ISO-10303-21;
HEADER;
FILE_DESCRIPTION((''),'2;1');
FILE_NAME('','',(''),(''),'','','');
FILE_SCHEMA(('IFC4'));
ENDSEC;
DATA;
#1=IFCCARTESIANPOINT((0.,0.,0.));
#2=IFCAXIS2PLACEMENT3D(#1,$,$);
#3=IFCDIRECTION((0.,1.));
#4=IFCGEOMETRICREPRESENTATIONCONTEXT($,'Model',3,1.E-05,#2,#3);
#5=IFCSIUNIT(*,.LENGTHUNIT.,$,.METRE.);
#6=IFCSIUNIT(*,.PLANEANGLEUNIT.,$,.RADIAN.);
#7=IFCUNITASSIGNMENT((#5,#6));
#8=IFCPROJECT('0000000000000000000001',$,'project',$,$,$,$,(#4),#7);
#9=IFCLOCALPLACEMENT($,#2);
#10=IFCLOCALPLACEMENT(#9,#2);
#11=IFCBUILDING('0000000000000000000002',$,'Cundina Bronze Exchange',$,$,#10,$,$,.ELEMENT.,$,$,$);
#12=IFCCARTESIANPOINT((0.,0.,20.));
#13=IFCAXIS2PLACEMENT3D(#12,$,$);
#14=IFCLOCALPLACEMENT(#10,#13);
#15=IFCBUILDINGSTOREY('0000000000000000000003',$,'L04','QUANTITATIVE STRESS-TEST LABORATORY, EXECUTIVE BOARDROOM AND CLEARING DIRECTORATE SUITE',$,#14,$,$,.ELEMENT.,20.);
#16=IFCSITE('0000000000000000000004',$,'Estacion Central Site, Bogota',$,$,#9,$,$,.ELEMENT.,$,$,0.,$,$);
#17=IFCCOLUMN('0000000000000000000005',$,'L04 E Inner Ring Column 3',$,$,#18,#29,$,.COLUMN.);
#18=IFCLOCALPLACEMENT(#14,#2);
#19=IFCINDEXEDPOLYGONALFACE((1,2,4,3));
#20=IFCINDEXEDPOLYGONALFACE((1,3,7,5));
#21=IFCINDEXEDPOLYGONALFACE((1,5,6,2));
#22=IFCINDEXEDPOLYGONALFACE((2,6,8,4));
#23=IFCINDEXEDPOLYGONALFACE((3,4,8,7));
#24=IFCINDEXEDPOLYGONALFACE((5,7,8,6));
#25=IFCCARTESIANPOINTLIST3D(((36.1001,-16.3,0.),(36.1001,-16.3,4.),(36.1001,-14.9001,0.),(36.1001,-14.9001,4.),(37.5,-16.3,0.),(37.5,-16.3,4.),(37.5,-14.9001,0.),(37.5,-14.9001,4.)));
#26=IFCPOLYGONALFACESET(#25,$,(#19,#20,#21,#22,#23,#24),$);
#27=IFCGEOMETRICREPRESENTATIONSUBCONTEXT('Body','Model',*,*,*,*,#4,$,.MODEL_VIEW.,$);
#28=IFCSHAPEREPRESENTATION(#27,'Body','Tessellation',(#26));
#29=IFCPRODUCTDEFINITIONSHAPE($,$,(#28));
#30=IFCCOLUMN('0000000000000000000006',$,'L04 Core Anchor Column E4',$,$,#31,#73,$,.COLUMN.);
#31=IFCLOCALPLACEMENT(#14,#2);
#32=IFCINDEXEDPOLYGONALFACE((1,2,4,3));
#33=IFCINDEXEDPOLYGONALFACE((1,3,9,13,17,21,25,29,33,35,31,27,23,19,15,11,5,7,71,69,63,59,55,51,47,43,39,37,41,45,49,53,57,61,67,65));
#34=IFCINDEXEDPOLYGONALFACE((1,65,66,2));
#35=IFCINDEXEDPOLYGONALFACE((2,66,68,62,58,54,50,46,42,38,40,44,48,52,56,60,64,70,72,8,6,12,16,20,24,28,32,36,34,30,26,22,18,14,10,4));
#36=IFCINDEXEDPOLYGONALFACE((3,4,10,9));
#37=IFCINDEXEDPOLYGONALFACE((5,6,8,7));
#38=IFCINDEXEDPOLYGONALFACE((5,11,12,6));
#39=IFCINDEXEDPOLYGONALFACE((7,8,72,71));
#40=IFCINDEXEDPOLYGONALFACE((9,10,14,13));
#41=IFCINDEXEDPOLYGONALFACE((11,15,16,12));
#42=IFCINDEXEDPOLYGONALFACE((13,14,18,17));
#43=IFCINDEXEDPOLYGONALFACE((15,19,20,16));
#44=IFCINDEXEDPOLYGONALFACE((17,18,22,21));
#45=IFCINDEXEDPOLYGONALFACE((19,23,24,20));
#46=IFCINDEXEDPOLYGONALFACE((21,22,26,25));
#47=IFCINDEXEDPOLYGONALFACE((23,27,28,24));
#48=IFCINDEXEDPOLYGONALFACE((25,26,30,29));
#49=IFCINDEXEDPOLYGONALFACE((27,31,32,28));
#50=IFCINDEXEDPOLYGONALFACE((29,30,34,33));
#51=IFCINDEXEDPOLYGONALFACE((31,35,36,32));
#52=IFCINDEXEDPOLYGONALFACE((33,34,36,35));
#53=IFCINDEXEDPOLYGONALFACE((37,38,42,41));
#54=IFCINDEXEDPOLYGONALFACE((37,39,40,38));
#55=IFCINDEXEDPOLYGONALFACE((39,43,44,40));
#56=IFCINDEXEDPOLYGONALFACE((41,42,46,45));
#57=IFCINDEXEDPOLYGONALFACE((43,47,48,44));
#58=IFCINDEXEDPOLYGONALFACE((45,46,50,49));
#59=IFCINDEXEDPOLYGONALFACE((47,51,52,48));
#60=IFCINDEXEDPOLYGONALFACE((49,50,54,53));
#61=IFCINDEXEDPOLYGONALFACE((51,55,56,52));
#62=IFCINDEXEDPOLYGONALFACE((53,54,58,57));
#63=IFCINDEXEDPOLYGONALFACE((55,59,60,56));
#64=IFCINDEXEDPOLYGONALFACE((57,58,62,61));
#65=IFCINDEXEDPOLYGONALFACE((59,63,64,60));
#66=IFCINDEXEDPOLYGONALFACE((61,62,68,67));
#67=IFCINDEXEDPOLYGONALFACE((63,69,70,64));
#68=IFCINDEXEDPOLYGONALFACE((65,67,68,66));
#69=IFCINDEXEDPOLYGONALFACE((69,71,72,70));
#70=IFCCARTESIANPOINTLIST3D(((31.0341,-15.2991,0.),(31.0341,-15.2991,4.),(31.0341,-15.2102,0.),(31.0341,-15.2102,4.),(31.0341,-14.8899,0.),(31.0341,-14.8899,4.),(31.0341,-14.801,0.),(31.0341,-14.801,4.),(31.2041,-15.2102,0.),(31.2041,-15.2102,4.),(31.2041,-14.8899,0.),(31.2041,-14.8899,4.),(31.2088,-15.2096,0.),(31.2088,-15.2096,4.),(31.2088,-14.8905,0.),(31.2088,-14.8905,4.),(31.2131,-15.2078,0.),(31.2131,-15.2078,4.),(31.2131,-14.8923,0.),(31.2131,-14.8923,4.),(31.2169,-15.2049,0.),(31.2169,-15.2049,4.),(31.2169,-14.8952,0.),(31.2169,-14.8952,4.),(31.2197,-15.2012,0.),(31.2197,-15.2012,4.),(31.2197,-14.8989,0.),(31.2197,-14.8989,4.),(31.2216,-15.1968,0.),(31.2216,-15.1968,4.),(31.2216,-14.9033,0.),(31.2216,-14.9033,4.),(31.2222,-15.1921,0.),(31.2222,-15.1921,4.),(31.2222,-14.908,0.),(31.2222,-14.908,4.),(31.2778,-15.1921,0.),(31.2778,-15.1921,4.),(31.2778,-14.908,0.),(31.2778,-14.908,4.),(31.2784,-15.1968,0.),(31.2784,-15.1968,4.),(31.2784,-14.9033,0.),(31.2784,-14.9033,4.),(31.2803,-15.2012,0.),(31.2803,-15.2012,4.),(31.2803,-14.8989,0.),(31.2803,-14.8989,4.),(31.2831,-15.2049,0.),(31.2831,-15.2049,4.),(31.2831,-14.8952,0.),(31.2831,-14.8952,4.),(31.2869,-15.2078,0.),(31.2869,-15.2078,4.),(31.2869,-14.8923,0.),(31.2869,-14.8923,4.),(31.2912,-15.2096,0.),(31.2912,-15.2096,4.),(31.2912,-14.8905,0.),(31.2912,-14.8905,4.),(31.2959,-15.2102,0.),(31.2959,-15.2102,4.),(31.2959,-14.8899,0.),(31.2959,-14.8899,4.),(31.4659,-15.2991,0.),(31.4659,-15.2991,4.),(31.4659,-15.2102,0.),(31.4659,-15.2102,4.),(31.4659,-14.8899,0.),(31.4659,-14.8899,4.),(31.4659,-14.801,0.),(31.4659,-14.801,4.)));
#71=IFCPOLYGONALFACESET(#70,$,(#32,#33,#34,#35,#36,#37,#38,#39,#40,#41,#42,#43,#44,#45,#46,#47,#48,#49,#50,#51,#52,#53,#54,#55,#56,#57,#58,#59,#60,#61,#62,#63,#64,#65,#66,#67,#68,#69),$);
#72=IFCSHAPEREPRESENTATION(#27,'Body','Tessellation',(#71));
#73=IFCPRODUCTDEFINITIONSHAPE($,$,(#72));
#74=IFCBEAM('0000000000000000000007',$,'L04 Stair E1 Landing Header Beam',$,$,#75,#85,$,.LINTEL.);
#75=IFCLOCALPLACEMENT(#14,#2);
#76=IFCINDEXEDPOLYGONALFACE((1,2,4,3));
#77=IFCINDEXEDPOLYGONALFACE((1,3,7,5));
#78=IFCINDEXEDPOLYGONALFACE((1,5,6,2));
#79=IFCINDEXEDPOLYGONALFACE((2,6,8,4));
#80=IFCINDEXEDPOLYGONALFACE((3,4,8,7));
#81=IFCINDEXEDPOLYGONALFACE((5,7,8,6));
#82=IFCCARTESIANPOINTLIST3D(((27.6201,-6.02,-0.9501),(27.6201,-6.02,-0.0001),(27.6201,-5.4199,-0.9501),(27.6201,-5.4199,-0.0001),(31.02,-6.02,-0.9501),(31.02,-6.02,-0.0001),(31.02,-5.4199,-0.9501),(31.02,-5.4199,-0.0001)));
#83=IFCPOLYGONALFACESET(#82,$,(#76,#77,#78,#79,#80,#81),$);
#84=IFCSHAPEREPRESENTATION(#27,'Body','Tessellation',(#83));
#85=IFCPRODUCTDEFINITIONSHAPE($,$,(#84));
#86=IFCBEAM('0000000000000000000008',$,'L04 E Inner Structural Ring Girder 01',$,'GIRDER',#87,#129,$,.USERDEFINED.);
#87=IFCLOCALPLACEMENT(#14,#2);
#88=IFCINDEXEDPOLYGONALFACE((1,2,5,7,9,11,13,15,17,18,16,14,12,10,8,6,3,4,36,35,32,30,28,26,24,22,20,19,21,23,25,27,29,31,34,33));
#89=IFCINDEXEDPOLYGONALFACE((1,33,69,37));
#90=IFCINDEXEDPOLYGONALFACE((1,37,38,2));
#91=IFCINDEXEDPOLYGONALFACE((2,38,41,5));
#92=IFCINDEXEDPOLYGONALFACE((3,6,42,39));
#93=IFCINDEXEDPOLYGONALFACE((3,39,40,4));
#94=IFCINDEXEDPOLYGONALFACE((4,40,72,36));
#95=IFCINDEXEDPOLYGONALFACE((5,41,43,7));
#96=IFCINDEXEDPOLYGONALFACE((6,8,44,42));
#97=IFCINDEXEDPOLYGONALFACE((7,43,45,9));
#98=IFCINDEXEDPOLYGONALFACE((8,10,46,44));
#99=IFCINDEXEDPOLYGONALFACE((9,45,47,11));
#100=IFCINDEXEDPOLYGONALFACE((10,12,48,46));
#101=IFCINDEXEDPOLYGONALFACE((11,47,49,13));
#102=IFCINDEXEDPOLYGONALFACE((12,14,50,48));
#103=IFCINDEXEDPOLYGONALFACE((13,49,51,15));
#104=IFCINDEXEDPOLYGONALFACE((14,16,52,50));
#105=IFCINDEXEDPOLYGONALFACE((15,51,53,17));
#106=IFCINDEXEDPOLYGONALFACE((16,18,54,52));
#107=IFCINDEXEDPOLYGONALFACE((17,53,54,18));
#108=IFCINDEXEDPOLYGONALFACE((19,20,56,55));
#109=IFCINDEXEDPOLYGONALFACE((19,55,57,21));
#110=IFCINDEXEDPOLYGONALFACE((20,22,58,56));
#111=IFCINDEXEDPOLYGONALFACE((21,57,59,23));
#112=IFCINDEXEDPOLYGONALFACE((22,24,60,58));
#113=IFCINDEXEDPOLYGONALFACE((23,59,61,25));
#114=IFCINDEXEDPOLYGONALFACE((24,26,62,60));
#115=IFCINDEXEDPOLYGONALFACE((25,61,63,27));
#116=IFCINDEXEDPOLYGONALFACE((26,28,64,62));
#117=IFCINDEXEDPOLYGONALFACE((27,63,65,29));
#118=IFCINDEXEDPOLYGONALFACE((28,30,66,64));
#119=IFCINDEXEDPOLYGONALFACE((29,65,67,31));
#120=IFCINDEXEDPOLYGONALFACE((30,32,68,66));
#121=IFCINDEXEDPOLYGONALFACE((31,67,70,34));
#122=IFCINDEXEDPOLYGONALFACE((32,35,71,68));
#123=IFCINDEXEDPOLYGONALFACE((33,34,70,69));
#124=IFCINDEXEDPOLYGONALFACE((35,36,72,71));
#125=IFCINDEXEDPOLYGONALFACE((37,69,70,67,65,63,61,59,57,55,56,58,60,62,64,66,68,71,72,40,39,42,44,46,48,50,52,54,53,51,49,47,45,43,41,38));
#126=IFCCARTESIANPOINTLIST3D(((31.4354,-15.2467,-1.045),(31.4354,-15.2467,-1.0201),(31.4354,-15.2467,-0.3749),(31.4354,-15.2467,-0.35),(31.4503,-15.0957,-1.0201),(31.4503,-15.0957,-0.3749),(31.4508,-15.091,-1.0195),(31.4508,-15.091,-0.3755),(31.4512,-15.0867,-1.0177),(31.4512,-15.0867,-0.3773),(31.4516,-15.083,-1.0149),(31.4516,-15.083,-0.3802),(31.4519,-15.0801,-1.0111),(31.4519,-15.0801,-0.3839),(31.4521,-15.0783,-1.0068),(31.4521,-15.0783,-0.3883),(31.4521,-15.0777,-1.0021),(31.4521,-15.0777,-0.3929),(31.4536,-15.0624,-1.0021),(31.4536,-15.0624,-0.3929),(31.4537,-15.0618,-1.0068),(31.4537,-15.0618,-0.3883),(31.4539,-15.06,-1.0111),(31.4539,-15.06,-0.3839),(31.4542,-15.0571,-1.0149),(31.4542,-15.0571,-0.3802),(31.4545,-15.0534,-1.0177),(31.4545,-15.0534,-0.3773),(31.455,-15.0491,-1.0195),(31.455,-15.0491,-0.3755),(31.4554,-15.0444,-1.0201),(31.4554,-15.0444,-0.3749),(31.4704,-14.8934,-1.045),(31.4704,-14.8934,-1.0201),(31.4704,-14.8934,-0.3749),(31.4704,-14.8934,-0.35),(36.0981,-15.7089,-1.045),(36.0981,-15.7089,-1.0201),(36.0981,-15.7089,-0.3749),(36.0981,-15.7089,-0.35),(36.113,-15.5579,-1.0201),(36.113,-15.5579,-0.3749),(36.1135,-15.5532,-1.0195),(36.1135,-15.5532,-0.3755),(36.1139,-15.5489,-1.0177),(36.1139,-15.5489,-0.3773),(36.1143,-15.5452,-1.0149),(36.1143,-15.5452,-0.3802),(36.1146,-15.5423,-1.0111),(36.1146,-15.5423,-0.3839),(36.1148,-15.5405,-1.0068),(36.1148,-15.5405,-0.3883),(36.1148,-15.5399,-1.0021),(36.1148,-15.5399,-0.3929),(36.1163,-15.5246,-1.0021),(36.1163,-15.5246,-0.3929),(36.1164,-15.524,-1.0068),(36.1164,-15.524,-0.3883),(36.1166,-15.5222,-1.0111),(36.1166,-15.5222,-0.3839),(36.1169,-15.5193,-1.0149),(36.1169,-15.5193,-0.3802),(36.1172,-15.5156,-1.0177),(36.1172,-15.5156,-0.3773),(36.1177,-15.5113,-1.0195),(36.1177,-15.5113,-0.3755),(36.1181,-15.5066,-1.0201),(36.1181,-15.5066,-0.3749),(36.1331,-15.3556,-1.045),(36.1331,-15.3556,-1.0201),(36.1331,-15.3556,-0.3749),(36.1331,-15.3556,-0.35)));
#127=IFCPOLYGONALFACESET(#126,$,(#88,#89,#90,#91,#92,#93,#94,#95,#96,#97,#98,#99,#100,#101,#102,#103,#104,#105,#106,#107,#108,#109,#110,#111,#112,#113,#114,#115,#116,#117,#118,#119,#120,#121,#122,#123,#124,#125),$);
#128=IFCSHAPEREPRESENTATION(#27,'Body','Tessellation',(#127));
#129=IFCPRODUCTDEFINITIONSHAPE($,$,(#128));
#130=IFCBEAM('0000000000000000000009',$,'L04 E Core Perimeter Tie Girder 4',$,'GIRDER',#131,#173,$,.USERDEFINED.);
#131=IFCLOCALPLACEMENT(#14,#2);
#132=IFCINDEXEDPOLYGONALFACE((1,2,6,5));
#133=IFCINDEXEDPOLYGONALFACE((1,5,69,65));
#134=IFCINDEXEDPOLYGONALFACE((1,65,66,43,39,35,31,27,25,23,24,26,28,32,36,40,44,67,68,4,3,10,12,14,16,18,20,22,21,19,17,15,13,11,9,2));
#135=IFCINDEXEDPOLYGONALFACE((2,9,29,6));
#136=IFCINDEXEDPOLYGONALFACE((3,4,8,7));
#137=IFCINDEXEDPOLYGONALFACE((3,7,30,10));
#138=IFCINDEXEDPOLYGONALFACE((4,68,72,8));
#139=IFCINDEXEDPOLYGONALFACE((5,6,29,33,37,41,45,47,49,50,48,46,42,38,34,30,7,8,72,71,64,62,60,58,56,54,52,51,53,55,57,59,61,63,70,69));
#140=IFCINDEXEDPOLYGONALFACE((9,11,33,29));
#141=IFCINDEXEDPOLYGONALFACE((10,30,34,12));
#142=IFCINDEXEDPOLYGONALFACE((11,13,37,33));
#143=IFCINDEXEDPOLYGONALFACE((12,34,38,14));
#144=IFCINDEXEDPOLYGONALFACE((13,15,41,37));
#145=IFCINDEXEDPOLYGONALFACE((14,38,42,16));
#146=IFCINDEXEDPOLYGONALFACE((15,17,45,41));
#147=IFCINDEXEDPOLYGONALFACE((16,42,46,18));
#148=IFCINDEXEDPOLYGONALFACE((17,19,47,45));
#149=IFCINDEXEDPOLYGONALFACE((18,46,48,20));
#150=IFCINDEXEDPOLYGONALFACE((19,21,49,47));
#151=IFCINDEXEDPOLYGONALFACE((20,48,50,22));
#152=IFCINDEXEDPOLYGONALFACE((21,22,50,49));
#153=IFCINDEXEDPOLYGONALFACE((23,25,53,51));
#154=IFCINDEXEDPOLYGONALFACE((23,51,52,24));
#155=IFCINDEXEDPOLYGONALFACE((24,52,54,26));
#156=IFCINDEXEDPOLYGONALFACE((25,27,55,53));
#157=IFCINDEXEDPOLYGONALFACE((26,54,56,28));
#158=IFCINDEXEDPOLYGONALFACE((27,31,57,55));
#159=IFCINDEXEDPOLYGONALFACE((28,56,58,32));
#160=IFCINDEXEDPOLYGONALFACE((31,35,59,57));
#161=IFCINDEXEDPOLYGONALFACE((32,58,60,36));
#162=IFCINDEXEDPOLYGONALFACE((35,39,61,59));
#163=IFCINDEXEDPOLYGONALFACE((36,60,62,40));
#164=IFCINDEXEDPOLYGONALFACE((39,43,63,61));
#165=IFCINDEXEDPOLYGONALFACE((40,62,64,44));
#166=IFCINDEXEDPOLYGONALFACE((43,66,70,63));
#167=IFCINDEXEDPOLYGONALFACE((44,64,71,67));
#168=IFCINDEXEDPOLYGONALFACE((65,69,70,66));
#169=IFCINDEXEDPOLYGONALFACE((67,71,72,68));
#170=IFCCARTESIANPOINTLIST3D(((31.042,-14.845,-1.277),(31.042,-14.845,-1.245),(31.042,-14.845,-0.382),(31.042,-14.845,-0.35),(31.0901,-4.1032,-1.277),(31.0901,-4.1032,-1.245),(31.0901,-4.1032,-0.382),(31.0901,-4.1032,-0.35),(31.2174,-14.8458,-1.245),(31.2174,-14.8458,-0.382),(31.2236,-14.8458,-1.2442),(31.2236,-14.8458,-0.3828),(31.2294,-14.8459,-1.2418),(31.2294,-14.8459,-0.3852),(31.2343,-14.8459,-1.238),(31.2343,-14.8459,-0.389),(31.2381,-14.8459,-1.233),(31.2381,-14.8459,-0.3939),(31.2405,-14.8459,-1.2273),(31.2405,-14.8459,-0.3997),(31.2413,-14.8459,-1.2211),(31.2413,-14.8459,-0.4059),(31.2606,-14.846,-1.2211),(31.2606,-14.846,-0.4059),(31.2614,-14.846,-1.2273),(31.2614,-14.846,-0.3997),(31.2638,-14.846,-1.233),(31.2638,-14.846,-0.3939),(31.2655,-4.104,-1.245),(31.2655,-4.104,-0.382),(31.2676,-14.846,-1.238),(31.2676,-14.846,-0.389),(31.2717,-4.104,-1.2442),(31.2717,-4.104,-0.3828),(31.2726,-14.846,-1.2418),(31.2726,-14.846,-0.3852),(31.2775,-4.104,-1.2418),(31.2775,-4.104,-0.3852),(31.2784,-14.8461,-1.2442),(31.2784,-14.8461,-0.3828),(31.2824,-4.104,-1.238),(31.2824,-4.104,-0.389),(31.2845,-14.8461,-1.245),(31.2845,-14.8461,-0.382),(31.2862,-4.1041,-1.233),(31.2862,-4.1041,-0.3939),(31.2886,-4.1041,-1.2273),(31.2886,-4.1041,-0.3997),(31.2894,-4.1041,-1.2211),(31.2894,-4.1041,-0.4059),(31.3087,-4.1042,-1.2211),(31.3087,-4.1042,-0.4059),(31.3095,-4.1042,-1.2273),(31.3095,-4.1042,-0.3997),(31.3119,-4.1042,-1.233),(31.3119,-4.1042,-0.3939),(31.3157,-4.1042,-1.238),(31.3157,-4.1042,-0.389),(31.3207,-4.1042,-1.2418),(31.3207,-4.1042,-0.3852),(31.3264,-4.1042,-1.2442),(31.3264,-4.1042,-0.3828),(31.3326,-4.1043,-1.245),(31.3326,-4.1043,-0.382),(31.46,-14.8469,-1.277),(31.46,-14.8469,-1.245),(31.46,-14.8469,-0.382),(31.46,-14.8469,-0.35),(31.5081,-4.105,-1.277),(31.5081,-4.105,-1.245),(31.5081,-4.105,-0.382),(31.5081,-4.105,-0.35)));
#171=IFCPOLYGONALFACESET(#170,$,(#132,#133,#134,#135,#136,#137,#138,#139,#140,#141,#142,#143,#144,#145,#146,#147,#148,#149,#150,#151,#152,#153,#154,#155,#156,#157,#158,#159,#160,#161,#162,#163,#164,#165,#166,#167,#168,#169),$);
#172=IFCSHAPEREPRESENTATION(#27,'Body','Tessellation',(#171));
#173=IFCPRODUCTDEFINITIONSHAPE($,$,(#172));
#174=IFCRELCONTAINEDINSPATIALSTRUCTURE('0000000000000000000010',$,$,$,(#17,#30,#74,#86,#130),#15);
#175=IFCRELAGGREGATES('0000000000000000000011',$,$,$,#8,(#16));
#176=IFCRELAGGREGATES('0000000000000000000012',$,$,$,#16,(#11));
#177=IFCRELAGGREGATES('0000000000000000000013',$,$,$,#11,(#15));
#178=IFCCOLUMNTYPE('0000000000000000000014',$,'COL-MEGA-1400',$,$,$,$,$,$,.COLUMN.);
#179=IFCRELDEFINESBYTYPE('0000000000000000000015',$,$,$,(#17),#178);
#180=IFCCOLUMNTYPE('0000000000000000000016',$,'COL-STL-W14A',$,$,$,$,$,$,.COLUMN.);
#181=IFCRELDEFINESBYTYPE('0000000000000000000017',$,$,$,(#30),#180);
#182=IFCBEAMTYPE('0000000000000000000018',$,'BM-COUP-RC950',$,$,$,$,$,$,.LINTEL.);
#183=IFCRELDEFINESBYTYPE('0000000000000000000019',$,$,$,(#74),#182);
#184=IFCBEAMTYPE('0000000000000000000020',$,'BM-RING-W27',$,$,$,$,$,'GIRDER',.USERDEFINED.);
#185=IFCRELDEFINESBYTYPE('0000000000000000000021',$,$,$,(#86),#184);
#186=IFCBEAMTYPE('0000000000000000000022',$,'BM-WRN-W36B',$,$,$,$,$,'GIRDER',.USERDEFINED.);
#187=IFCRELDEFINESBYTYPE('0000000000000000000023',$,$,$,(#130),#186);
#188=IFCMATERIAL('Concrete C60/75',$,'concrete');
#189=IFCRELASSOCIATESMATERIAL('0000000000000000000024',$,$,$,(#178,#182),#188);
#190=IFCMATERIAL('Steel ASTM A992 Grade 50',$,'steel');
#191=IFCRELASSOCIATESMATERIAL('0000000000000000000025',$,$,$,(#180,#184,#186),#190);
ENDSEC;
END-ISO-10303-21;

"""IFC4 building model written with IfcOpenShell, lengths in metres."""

from ifc_helpers import new_model, si_unit, direction, frame, origin, origin_2d, place, context, subcontext, project, spatial, rectangle, i_section, extrude, material, material_profile, profile_set, type_object, element, save


model = new_model("IFC4")

# Units and contexts
model_context = context("Model", 3, precision=1e-05, world=origin(), true_north=direction((0.0, 1.0)))
body_context = subcontext(model_context, "Body", "Model", "MODEL_VIEW")
ifc_project = project(units=[si_unit("LENGTHUNIT", "METRE"), si_unit("PLANEANGLEUNIT", "RADIAN")], contexts=[model_context])

# Site, building, storey
site_placement = place(None, origin())
site = spatial("IfcSite", under=ifc_project, at=site_placement, Name="Estacion Central Site, Bogota", CompositionType="ELEMENT", RefElevation=0.0)
building_placement = place(site_placement, origin())
building = spatial("IfcBuilding", under=site, at=building_placement, Name="Cundina Bronze Exchange", CompositionType="ELEMENT")
storey_placement = place(building_placement, frame((0.0, 0.0, 20.0)))
storey = spatial("IfcBuildingStorey", under=building, at=storey_placement, Name="L04", Description="QUANTITATIVE STRESS-TEST LABORATORY, EXECUTIVE BOARDROOM AND CLEARING DIRECTORATE SUITE", CompositionType="ELEMENT", Elevation=20.0)

# Columns
ifc_material_1 = material(Name="Concrete C60/75", Category="concrete")
ifc_material_profile_1 = material_profile(ifc_material_1, rectangle(XDim=1.3999, YDim=1.3999, at=origin_2d()), Name="RC1400X1400", Category="concrete")
ifc_profile_set_1 = profile_set([ifc_material_profile_1], Name="Concrete C60/75")
column_type_1 = type_object("IfcColumnType", Name="COL-MEGA-1400", PredefinedType="COLUMN", material=ifc_profile_set_1)
column_1_placement = place(storey_placement, frame((36.8, -15.6001, 0.0), z_axis=(0.0, 0.0, 1.0), x_axis=(1.0, 0.0, 0.0)))
element("IfcColumn", 1, at=column_1_placement, inside=storey, type_object=column_type_1, Name="L04 E Inner Ring Column 3", PredefinedType="COLUMN", context=body_context, shape_type="SweptSolid", body=[
    extrude(rectangle(XDim=1.3999, YDim=1.3999, at=origin_2d()), origin(), (0.0, 0.0, 1.0), 4.0),
])
ifc_material_2 = material(Name="Steel ASTM A992 Grade 50", Category="steel")
ifc_material_profile_2 = material_profile(ifc_material_2, i_section(OverallWidth=0.4319, OverallDepth=0.498, WebThickness=0.0557, FlangeThickness=0.0889, FilletRadius=0.0181, at=origin_2d()), Name="W14X500", Category="steel")
ifc_profile_set_2 = profile_set([ifc_material_profile_2], Name="Steel ASTM A992 Grade 50")
column_type_2 = type_object("IfcColumnType", Name="COL-STL-W14A", PredefinedType="COLUMN", material=ifc_profile_set_2)
column_2_placement = place(storey_placement, frame((31.25, -15.05, 0.0), z_axis=(0.0, 0.0, 1.0), x_axis=(1.0, 0.0, 0.0)))
element("IfcColumn", 2, at=column_2_placement, inside=storey, type_object=column_type_2, Name="L04 Core Anchor Column E4", PredefinedType="COLUMN", context=body_context, shape_type="SweptSolid", body=[
    extrude(i_section(OverallWidth=0.4319, OverallDepth=0.498, WebThickness=0.0557, FlangeThickness=0.0889, FilletRadius=0.0181, at=origin_2d()), origin(), (0.0, 0.0, 1.0), 4.0),
])

# Beams
ifc_material_profile_3 = material_profile(ifc_material_1, rectangle(XDim=0.6001, YDim=0.95, at=origin_2d()), Name="RC600X950", Category="concrete")
ifc_profile_set_3 = profile_set([ifc_material_profile_3], Name="Concrete C60/75")
beam_type_1 = type_object("IfcBeamType", Name="BM-COUP-RC950", PredefinedType="LINTEL", material=ifc_profile_set_3)
beam_1_placement = place(storey_placement, frame((27.6201, -5.72, -0.4751), z_axis=(1.0, 0.0, 0.0), x_axis=(0.0, 1.0, 0.0)))
element("IfcBeam", 3, at=beam_1_placement, inside=storey, type_object=beam_type_1, Name="L04 Stair E1 Landing Header Beam", PredefinedType="LINTEL", context=body_context, shape_type="SweptSolid", body=[
    extrude(rectangle(XDim=0.6001, YDim=0.95, at=origin_2d()), origin(), (0.0, 0.0, 1.0), 3.3999),
])
ifc_material_profile_4 = material_profile(ifc_material_2, i_section(OverallWidth=0.355, OverallDepth=0.6951, WebThickness=0.0154, FlangeThickness=0.0249, FilletRadius=0.0181, at=origin_2d()), Name="W27X146", Category="steel")
ifc_profile_set_4 = profile_set([ifc_material_profile_4], Name="Steel ASTM A992 Grade 50")
beam_type_2 = type_object("IfcBeamType", Name="BM-RING-W27", ElementType="GIRDER", PredefinedType="USERDEFINED", material=ifc_profile_set_4)
beam_2_placement = place(storey_placement, frame((31.4529, -15.0701, -0.6975), z_axis=(0.995123, -0.098637, 0.0), x_axis=(0.098637, 0.995123, 0.0)))
element("IfcBeam", 4, at=beam_2_placement, inside=storey, type_object=beam_type_2, Name="L04 E Inner Structural Ring Girder 01", ObjectType="GIRDER", PredefinedType="USERDEFINED", context=body_context, shape_type="SweptSolid", body=[
    extrude(i_section(OverallWidth=0.355, OverallDepth=0.6951, WebThickness=0.0154, FlangeThickness=0.0249, FilletRadius=0.0181, at=origin_2d()), origin(), (0.0, 0.0, 1.0), 4.6855),
])
ifc_material_profile_5 = material_profile(ifc_material_2, i_section(OverallWidth=0.418, OverallDepth=0.927, WebThickness=0.0193, FlangeThickness=0.032, FilletRadius=0.0239, at=origin_2d()), Name="W36X231", Category="steel")
ifc_profile_set_5 = profile_set([ifc_material_profile_5], Name="Steel ASTM A992 Grade 50")
beam_type_3 = type_object("IfcBeamType", Name="BM-WRN-W36B", ElementType="GIRDER", PredefinedType="USERDEFINED", material=ifc_profile_set_5)
beam_3_placement = place(storey_placement, frame((31.251, -14.8459, -0.8135), z_axis=(0.004477, 0.99999, 0.0), x_axis=(-0.99999, 0.004477, 0.0)))
element("IfcBeam", 5, at=beam_3_placement, inside=storey, type_object=beam_type_3, Name="L04 E Core Perimeter Tie Girder 4", ObjectType="GIRDER", PredefinedType="USERDEFINED", context=body_context, shape_type="SweptSolid", body=[
    extrude(i_section(OverallWidth=0.418, OverallDepth=0.927, WebThickness=0.0193, FlangeThickness=0.032, FilletRadius=0.0239, at=origin_2d()), origin(), (0.0, 0.0, 1.0), 10.7419),
])

save(model, "model.ifc")
